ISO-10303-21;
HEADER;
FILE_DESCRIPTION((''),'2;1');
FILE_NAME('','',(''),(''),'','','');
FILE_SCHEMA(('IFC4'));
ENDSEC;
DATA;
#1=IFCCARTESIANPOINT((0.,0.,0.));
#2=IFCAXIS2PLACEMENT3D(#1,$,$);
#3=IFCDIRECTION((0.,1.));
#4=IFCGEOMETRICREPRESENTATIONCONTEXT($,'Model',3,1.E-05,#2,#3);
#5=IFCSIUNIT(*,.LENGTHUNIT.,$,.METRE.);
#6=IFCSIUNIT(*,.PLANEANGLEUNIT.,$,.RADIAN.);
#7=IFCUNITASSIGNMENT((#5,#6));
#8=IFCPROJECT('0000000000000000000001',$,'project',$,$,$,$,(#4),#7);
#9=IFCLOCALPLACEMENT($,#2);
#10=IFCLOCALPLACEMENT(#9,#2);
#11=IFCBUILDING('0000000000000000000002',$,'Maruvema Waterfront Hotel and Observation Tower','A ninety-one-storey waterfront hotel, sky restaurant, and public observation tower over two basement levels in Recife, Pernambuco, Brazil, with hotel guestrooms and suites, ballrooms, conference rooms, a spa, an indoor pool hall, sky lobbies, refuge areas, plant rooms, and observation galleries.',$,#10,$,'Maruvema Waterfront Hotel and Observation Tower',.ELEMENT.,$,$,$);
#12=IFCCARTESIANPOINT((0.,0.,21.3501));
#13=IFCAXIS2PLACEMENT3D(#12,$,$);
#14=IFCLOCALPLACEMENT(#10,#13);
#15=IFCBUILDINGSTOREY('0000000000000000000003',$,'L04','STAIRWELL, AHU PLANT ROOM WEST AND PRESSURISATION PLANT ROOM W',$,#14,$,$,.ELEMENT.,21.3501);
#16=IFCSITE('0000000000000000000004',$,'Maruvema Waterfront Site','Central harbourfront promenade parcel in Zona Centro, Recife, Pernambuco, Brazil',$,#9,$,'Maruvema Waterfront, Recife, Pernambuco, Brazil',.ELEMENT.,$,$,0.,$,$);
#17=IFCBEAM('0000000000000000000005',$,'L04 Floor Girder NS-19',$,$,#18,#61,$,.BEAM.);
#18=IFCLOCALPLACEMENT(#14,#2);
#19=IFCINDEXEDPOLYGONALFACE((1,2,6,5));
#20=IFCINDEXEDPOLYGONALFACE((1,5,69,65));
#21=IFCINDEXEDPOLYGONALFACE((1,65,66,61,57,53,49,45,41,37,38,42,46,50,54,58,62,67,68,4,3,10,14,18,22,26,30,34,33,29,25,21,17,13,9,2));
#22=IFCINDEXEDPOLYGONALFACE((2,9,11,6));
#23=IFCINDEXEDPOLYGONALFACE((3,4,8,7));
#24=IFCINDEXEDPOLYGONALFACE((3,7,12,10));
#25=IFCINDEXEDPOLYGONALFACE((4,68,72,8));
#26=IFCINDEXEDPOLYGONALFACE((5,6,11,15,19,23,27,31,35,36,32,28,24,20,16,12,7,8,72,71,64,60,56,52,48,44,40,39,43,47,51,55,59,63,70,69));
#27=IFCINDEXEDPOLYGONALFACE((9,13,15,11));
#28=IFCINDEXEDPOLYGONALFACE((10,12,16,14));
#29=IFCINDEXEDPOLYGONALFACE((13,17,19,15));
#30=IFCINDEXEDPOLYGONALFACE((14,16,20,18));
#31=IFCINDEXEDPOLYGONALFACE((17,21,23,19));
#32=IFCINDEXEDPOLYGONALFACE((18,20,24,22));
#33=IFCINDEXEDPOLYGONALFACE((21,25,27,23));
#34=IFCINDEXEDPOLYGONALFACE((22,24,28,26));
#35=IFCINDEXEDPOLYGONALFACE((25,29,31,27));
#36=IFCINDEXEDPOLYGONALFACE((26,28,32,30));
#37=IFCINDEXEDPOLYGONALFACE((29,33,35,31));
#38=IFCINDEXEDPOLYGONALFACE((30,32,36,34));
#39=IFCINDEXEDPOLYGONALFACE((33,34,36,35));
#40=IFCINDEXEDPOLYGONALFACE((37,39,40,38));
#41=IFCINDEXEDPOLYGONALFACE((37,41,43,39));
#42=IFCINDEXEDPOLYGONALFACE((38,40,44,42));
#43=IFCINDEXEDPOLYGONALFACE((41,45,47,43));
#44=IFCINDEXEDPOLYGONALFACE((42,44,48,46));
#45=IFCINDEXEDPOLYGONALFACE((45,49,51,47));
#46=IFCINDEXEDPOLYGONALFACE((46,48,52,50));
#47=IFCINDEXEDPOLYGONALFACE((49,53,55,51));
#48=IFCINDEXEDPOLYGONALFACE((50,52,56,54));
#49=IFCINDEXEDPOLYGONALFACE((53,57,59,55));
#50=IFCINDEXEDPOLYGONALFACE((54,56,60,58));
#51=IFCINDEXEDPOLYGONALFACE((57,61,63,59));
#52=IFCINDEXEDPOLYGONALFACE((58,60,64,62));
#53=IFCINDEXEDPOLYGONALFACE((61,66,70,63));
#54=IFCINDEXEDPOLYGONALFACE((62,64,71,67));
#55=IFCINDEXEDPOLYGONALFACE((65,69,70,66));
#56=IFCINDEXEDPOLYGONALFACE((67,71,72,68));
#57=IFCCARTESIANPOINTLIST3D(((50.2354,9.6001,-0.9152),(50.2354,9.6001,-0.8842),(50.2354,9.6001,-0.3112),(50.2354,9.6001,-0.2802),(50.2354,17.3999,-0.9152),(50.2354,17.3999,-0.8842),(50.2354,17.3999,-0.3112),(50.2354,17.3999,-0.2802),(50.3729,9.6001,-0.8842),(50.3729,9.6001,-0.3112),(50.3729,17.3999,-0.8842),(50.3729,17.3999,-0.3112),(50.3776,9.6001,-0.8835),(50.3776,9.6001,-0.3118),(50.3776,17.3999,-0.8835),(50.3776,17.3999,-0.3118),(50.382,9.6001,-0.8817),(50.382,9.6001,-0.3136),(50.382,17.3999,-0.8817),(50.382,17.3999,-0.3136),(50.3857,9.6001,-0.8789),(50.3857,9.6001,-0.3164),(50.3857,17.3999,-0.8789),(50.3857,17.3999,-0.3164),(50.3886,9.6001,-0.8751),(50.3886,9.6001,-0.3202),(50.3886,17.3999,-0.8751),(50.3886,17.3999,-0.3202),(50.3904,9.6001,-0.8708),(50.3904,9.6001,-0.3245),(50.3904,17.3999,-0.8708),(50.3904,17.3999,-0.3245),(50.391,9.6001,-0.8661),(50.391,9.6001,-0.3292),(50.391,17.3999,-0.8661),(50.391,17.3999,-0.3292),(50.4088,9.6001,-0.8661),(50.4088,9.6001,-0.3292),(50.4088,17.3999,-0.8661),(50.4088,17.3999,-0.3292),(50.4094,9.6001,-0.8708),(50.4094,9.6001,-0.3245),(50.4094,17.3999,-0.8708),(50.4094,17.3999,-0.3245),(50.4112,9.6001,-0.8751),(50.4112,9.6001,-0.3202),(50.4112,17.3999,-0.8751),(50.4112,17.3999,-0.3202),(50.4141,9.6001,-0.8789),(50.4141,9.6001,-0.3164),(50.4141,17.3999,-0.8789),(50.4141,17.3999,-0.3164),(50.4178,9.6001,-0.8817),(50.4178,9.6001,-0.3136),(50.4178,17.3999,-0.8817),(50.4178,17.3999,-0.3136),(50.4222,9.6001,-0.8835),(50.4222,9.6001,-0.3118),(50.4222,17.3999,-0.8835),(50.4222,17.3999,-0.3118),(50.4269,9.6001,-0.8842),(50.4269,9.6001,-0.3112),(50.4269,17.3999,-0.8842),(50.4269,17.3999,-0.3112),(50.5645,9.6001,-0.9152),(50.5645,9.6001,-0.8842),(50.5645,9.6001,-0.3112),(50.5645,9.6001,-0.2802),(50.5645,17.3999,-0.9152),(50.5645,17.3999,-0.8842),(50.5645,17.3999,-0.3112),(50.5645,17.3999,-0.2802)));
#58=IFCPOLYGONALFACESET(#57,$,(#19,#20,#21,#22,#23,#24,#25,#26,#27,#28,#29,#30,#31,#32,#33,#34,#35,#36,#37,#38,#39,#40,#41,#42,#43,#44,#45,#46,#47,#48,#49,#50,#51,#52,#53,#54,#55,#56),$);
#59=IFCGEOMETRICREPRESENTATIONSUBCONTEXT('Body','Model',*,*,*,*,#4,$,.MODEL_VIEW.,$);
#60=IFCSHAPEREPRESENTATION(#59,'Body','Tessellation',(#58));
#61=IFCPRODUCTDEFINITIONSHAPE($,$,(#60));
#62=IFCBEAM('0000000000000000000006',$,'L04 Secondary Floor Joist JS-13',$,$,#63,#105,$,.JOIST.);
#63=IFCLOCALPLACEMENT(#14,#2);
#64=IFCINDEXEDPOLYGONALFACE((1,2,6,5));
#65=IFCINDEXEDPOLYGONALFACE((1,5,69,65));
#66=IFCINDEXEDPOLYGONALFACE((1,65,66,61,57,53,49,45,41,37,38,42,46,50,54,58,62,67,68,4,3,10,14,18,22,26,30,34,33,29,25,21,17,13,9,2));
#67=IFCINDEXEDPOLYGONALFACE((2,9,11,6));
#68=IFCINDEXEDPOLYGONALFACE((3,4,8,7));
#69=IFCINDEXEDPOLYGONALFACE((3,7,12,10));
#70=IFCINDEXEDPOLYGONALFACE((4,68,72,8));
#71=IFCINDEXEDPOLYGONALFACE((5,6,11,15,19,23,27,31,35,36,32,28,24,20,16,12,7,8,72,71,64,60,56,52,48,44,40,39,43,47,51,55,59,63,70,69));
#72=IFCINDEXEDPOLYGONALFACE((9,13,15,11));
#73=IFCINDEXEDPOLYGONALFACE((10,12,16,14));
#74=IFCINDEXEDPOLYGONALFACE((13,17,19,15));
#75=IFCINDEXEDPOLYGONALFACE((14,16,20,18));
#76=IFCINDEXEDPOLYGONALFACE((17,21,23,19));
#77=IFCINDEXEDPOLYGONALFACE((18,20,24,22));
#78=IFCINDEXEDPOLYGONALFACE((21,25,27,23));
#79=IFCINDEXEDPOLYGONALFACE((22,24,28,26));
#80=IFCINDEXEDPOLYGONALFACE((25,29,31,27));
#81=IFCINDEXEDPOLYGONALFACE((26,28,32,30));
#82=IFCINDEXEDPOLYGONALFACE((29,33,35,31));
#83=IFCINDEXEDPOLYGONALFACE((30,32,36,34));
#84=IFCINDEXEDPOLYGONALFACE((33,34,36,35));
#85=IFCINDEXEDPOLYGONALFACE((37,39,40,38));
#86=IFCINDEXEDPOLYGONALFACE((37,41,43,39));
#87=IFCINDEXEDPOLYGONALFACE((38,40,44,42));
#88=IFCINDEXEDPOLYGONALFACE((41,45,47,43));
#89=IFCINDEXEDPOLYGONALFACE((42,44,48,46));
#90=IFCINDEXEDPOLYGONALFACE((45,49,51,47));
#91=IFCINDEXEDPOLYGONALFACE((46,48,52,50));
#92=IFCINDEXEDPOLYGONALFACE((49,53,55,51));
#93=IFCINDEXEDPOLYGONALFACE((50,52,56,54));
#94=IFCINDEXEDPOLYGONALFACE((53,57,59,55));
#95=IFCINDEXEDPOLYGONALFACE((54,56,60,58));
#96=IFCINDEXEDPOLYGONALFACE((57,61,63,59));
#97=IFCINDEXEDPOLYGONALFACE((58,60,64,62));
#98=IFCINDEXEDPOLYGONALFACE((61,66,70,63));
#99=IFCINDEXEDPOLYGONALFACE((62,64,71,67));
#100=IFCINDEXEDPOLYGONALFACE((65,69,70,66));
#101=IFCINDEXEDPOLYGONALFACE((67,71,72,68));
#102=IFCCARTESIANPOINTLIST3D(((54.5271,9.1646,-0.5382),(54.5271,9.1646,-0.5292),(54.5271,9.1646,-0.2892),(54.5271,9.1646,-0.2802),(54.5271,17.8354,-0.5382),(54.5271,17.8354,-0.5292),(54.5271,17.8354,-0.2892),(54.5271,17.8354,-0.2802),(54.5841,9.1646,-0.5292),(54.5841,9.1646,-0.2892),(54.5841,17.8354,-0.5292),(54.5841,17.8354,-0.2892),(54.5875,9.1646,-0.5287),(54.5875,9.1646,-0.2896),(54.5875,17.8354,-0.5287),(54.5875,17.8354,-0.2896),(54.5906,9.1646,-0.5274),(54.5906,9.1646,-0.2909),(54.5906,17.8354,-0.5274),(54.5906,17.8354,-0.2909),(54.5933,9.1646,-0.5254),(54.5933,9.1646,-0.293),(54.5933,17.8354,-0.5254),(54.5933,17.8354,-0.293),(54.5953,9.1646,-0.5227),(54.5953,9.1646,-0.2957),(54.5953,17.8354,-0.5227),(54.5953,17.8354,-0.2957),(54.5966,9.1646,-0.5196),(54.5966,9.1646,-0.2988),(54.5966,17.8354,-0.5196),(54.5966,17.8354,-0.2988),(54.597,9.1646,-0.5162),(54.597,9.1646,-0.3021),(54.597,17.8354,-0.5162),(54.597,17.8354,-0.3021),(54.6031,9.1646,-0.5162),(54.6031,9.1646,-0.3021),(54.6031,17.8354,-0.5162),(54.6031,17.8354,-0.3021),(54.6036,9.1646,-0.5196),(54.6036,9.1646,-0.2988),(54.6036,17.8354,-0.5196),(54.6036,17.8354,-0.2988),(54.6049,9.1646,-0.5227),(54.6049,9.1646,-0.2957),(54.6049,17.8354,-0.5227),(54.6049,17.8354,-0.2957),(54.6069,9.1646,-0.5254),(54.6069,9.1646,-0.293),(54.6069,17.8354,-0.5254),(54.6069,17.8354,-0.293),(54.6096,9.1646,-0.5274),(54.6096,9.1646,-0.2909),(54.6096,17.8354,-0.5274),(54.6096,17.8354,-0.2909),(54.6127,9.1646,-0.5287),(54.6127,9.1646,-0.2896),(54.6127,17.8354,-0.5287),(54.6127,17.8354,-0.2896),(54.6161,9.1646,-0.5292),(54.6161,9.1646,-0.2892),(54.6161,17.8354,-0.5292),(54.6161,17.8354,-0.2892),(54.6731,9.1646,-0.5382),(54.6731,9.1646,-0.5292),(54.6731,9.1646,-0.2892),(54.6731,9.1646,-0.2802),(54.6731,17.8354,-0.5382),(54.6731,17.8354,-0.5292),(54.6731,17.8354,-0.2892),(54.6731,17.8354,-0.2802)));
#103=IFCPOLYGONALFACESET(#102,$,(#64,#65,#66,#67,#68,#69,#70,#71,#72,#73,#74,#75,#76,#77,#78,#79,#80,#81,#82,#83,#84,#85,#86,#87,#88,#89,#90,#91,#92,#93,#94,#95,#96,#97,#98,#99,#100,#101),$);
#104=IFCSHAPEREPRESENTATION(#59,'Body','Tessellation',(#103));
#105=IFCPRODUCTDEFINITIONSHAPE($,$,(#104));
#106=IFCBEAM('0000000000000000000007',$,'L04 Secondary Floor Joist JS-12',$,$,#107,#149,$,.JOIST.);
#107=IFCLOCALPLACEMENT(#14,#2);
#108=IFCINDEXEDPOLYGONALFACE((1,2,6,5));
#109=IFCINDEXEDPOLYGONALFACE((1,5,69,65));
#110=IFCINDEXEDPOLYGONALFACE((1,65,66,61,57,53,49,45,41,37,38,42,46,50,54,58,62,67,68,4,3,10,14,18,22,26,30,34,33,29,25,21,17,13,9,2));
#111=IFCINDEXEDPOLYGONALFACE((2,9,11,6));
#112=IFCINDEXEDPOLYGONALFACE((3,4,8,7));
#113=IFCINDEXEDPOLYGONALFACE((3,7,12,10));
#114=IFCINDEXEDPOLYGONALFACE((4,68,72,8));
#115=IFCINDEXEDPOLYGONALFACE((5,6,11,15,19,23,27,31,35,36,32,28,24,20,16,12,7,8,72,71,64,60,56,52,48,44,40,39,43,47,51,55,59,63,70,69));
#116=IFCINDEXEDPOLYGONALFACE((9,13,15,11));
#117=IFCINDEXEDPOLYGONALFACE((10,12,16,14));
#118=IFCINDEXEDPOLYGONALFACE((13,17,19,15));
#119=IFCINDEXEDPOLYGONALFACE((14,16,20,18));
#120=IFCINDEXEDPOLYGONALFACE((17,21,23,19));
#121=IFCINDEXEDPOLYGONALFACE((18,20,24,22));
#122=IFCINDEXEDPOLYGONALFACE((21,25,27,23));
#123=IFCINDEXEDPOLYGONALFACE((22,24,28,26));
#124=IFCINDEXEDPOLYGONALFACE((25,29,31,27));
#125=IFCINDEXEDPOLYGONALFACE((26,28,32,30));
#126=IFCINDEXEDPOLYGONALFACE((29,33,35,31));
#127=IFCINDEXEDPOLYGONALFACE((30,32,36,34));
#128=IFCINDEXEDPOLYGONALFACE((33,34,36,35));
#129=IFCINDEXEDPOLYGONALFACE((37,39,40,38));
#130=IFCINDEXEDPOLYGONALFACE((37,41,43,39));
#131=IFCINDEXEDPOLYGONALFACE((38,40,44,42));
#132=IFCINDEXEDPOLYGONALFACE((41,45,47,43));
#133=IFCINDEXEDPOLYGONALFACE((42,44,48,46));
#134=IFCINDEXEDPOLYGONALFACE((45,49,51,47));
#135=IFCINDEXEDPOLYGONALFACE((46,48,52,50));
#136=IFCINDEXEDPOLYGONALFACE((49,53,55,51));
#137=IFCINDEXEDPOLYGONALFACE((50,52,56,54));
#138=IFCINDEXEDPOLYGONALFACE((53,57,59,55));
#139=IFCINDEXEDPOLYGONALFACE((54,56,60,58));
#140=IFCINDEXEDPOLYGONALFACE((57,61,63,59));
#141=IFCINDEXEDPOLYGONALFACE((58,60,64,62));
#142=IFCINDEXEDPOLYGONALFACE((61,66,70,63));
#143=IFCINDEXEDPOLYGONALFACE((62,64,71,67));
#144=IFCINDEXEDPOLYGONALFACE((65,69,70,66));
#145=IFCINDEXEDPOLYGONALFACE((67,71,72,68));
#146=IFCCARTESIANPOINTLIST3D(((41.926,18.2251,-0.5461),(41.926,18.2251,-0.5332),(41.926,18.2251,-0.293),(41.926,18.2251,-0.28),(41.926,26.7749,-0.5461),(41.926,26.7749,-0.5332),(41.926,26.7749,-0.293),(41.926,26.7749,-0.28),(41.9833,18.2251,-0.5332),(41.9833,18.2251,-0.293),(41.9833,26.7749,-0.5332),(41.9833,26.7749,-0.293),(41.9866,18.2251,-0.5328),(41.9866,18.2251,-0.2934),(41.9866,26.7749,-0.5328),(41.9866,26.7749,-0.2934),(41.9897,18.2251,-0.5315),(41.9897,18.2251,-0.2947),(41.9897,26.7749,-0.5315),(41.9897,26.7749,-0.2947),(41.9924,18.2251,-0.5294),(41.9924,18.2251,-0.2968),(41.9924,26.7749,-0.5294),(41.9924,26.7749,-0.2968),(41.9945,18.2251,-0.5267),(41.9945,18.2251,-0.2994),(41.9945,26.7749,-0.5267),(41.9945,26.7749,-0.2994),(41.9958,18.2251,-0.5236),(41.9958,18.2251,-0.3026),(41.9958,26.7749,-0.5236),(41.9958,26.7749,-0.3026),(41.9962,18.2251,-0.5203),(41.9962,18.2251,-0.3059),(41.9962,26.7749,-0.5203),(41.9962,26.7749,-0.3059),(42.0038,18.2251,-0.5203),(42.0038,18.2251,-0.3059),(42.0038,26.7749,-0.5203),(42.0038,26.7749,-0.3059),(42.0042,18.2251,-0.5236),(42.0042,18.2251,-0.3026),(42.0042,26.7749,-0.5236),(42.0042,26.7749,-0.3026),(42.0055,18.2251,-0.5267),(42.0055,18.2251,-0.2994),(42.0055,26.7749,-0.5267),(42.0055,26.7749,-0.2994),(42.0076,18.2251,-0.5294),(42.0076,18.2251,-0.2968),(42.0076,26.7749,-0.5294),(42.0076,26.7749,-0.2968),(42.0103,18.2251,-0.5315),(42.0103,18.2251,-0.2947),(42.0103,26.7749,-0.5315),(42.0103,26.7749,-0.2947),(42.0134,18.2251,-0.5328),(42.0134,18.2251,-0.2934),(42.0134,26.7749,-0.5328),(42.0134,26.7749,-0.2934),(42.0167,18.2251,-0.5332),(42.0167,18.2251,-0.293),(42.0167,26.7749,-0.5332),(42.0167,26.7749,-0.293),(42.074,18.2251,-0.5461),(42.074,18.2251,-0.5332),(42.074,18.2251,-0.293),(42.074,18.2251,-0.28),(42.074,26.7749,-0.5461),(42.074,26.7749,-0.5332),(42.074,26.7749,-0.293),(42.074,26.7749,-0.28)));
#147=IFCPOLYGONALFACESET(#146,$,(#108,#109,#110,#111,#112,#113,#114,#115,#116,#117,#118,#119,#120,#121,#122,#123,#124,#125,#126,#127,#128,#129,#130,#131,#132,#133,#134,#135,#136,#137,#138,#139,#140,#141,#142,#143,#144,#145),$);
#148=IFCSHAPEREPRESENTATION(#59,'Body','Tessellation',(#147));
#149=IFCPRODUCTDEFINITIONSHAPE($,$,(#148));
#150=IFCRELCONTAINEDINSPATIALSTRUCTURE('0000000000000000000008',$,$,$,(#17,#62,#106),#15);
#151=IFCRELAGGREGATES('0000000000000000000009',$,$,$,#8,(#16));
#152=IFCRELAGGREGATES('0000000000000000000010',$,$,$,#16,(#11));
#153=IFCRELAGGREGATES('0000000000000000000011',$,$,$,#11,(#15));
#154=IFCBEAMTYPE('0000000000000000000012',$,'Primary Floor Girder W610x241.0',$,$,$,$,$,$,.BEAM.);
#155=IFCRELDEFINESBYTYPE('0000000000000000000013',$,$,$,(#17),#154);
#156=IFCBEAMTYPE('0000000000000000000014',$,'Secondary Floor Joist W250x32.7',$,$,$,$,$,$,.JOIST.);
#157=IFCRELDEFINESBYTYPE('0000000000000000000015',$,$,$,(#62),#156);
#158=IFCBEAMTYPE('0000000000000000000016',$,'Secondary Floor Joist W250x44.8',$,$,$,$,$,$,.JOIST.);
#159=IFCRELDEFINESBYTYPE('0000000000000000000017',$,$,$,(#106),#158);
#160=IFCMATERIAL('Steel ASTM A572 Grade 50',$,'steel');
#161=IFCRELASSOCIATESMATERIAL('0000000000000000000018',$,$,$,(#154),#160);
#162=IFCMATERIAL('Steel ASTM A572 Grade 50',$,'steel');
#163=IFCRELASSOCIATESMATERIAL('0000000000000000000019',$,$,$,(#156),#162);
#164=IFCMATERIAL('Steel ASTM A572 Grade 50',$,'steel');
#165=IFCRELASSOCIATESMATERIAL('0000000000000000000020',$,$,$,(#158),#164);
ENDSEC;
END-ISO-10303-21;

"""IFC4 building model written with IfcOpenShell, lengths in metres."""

from ifc_helpers import new_model, si_unit, direction, frame, origin, origin_2d, place, context, subcontext, project, spatial, i_section, extrude, material, material_profile, profile_set, type_object, element, save


model = new_model("IFC4")

# Units and contexts
model_context = context("Model", 3, precision=1e-05, world=origin(), true_north=direction((0.0, 1.0)))
body_context = subcontext(model_context, "Body", "Model", "MODEL_VIEW")
ifc_project = project(units=[si_unit("LENGTHUNIT", "METRE"), si_unit("PLANEANGLEUNIT", "RADIAN")], contexts=[model_context])

# Site, building, storey
site_placement = place(None, origin())
site = spatial("IfcSite", under=ifc_project, at=site_placement, Name="Maruvema Waterfront Site", Description="Central harbourfront promenade parcel in Zona Centro, Recife, Pernambuco, Brazil", LongName="Maruvema Waterfront, Recife, Pernambuco, Brazil", CompositionType="ELEMENT", RefElevation=0.0)
building_placement = place(site_placement, origin())
building = spatial("IfcBuilding", under=site, at=building_placement, Name="Maruvema Waterfront Hotel and Observation Tower", Description="A ninety-one-storey waterfront hotel, sky restaurant, and public observation tower over two basement levels in Recife, Pernambuco, Brazil, with hotel guestrooms and suites, ballrooms, conference rooms, a spa, an indoor pool hall, sky lobbies, refuge areas, plant rooms, and observation galleries.", LongName="Maruvema Waterfront Hotel and Observation Tower", CompositionType="ELEMENT")
storey_placement = place(building_placement, frame((0.0, 0.0, 21.3501)))
storey = spatial("IfcBuildingStorey", under=building, at=storey_placement, Name="L04", Description="STAIRWELL, AHU PLANT ROOM WEST AND PRESSURISATION PLANT ROOM W", CompositionType="ELEMENT", Elevation=21.3501)

# Beams
ifc_material_1 = material(Name="Steel ASTM A572 Grade 50", Category="steel")
ifc_material_profile_1 = material_profile(ifc_material_1, i_section(OverallWidth=0.3291, OverallDepth=0.635, WebThickness=0.0178, FlangeThickness=0.031, FilletRadius=0.0181, at=origin_2d()), Name="W610x241.0")
ifc_profile_set_1 = profile_set([ifc_material_profile_1], Name="Steel ASTM A572 Grade 50")
beam_type_1 = type_object("IfcBeamType", Name="Primary Floor Girder W610x241.0", PredefinedType="BEAM", material=ifc_profile_set_1)
beam_1_placement = place(storey_placement, frame((50.3999, 9.6001, -0.5977), z_axis=(0.0, 1.0, 0.0), x_axis=(-1.0, 0.0, 0.0)))
element("IfcBeam", 1, at=beam_1_placement, inside=storey, type_object=beam_type_1, Name="L04 Floor Girder NS-19", PredefinedType="BEAM", context=body_context, shape_type="SweptSolid", body=[
    extrude(i_section(OverallWidth=0.3291, OverallDepth=0.635, WebThickness=0.0178, FlangeThickness=0.031, FilletRadius=0.0181, at=origin_2d()), origin(), (0.0, 0.0, 1.0), 7.7998),
])
ifc_material_2 = material(Name="Steel ASTM A572 Grade 50", Category="steel")
ifc_material_profile_2 = material_profile(ifc_material_2, i_section(OverallWidth=0.146, OverallDepth=0.2581, WebThickness=0.0061, FlangeThickness=0.009, FilletRadius=0.0129, at=origin_2d()), Name="W250x32.7")
ifc_profile_set_2 = profile_set([ifc_material_profile_2], Name="Steel ASTM A572 Grade 50")
beam_type_2 = type_object("IfcBeamType", Name="Secondary Floor Joist W250x32.7", PredefinedType="JOIST", material=ifc_profile_set_2)
beam_2_placement = place(storey_placement, frame((54.6001, 9.1646, -0.4092), z_axis=(0.0, 1.0, 0.0), x_axis=(-1.0, 0.0, 0.0)))
element("IfcBeam", 2, at=beam_2_placement, inside=storey, type_object=beam_type_2, Name="L04 Secondary Floor Joist JS-13", PredefinedType="JOIST", context=body_context, shape_type="SweptSolid", body=[
    extrude(i_section(OverallWidth=0.146, OverallDepth=0.2581, WebThickness=0.0061, FlangeThickness=0.009, FilletRadius=0.0129, at=origin_2d()), origin(), (0.0, 0.0, 1.0), 8.6709),
])
ifc_material_3 = material(Name="Steel ASTM A572 Grade 50", Category="steel")
ifc_material_profile_3 = material_profile(ifc_material_3, i_section(OverallWidth=0.1479, OverallDepth=0.2661, WebThickness=0.0076, FlangeThickness=0.0129, FilletRadius=0.0129, at=origin_2d()), Name="W250x44.8")
ifc_profile_set_3 = profile_set([ifc_material_profile_3], Name="Steel ASTM A572 Grade 50")
beam_type_3 = type_object("IfcBeamType", Name="Secondary Floor Joist W250x44.8", PredefinedType="JOIST", material=ifc_profile_set_3)
beam_3_placement = place(storey_placement, frame((42.0, 18.2251, -0.4131), z_axis=(0.0, 1.0, 0.0), x_axis=(-1.0, 0.0, 0.0)))
element("IfcBeam", 3, at=beam_3_placement, inside=storey, type_object=beam_type_3, Name="L04 Secondary Floor Joist JS-12", PredefinedType="JOIST", context=body_context, shape_type="SweptSolid", body=[
    extrude(i_section(OverallWidth=0.1479, OverallDepth=0.2661, WebThickness=0.0076, FlangeThickness=0.0129, FilletRadius=0.0129, at=origin_2d()), origin(), (0.0, 0.0, 1.0), 8.5498),
])

save(model, "model.ifc")
